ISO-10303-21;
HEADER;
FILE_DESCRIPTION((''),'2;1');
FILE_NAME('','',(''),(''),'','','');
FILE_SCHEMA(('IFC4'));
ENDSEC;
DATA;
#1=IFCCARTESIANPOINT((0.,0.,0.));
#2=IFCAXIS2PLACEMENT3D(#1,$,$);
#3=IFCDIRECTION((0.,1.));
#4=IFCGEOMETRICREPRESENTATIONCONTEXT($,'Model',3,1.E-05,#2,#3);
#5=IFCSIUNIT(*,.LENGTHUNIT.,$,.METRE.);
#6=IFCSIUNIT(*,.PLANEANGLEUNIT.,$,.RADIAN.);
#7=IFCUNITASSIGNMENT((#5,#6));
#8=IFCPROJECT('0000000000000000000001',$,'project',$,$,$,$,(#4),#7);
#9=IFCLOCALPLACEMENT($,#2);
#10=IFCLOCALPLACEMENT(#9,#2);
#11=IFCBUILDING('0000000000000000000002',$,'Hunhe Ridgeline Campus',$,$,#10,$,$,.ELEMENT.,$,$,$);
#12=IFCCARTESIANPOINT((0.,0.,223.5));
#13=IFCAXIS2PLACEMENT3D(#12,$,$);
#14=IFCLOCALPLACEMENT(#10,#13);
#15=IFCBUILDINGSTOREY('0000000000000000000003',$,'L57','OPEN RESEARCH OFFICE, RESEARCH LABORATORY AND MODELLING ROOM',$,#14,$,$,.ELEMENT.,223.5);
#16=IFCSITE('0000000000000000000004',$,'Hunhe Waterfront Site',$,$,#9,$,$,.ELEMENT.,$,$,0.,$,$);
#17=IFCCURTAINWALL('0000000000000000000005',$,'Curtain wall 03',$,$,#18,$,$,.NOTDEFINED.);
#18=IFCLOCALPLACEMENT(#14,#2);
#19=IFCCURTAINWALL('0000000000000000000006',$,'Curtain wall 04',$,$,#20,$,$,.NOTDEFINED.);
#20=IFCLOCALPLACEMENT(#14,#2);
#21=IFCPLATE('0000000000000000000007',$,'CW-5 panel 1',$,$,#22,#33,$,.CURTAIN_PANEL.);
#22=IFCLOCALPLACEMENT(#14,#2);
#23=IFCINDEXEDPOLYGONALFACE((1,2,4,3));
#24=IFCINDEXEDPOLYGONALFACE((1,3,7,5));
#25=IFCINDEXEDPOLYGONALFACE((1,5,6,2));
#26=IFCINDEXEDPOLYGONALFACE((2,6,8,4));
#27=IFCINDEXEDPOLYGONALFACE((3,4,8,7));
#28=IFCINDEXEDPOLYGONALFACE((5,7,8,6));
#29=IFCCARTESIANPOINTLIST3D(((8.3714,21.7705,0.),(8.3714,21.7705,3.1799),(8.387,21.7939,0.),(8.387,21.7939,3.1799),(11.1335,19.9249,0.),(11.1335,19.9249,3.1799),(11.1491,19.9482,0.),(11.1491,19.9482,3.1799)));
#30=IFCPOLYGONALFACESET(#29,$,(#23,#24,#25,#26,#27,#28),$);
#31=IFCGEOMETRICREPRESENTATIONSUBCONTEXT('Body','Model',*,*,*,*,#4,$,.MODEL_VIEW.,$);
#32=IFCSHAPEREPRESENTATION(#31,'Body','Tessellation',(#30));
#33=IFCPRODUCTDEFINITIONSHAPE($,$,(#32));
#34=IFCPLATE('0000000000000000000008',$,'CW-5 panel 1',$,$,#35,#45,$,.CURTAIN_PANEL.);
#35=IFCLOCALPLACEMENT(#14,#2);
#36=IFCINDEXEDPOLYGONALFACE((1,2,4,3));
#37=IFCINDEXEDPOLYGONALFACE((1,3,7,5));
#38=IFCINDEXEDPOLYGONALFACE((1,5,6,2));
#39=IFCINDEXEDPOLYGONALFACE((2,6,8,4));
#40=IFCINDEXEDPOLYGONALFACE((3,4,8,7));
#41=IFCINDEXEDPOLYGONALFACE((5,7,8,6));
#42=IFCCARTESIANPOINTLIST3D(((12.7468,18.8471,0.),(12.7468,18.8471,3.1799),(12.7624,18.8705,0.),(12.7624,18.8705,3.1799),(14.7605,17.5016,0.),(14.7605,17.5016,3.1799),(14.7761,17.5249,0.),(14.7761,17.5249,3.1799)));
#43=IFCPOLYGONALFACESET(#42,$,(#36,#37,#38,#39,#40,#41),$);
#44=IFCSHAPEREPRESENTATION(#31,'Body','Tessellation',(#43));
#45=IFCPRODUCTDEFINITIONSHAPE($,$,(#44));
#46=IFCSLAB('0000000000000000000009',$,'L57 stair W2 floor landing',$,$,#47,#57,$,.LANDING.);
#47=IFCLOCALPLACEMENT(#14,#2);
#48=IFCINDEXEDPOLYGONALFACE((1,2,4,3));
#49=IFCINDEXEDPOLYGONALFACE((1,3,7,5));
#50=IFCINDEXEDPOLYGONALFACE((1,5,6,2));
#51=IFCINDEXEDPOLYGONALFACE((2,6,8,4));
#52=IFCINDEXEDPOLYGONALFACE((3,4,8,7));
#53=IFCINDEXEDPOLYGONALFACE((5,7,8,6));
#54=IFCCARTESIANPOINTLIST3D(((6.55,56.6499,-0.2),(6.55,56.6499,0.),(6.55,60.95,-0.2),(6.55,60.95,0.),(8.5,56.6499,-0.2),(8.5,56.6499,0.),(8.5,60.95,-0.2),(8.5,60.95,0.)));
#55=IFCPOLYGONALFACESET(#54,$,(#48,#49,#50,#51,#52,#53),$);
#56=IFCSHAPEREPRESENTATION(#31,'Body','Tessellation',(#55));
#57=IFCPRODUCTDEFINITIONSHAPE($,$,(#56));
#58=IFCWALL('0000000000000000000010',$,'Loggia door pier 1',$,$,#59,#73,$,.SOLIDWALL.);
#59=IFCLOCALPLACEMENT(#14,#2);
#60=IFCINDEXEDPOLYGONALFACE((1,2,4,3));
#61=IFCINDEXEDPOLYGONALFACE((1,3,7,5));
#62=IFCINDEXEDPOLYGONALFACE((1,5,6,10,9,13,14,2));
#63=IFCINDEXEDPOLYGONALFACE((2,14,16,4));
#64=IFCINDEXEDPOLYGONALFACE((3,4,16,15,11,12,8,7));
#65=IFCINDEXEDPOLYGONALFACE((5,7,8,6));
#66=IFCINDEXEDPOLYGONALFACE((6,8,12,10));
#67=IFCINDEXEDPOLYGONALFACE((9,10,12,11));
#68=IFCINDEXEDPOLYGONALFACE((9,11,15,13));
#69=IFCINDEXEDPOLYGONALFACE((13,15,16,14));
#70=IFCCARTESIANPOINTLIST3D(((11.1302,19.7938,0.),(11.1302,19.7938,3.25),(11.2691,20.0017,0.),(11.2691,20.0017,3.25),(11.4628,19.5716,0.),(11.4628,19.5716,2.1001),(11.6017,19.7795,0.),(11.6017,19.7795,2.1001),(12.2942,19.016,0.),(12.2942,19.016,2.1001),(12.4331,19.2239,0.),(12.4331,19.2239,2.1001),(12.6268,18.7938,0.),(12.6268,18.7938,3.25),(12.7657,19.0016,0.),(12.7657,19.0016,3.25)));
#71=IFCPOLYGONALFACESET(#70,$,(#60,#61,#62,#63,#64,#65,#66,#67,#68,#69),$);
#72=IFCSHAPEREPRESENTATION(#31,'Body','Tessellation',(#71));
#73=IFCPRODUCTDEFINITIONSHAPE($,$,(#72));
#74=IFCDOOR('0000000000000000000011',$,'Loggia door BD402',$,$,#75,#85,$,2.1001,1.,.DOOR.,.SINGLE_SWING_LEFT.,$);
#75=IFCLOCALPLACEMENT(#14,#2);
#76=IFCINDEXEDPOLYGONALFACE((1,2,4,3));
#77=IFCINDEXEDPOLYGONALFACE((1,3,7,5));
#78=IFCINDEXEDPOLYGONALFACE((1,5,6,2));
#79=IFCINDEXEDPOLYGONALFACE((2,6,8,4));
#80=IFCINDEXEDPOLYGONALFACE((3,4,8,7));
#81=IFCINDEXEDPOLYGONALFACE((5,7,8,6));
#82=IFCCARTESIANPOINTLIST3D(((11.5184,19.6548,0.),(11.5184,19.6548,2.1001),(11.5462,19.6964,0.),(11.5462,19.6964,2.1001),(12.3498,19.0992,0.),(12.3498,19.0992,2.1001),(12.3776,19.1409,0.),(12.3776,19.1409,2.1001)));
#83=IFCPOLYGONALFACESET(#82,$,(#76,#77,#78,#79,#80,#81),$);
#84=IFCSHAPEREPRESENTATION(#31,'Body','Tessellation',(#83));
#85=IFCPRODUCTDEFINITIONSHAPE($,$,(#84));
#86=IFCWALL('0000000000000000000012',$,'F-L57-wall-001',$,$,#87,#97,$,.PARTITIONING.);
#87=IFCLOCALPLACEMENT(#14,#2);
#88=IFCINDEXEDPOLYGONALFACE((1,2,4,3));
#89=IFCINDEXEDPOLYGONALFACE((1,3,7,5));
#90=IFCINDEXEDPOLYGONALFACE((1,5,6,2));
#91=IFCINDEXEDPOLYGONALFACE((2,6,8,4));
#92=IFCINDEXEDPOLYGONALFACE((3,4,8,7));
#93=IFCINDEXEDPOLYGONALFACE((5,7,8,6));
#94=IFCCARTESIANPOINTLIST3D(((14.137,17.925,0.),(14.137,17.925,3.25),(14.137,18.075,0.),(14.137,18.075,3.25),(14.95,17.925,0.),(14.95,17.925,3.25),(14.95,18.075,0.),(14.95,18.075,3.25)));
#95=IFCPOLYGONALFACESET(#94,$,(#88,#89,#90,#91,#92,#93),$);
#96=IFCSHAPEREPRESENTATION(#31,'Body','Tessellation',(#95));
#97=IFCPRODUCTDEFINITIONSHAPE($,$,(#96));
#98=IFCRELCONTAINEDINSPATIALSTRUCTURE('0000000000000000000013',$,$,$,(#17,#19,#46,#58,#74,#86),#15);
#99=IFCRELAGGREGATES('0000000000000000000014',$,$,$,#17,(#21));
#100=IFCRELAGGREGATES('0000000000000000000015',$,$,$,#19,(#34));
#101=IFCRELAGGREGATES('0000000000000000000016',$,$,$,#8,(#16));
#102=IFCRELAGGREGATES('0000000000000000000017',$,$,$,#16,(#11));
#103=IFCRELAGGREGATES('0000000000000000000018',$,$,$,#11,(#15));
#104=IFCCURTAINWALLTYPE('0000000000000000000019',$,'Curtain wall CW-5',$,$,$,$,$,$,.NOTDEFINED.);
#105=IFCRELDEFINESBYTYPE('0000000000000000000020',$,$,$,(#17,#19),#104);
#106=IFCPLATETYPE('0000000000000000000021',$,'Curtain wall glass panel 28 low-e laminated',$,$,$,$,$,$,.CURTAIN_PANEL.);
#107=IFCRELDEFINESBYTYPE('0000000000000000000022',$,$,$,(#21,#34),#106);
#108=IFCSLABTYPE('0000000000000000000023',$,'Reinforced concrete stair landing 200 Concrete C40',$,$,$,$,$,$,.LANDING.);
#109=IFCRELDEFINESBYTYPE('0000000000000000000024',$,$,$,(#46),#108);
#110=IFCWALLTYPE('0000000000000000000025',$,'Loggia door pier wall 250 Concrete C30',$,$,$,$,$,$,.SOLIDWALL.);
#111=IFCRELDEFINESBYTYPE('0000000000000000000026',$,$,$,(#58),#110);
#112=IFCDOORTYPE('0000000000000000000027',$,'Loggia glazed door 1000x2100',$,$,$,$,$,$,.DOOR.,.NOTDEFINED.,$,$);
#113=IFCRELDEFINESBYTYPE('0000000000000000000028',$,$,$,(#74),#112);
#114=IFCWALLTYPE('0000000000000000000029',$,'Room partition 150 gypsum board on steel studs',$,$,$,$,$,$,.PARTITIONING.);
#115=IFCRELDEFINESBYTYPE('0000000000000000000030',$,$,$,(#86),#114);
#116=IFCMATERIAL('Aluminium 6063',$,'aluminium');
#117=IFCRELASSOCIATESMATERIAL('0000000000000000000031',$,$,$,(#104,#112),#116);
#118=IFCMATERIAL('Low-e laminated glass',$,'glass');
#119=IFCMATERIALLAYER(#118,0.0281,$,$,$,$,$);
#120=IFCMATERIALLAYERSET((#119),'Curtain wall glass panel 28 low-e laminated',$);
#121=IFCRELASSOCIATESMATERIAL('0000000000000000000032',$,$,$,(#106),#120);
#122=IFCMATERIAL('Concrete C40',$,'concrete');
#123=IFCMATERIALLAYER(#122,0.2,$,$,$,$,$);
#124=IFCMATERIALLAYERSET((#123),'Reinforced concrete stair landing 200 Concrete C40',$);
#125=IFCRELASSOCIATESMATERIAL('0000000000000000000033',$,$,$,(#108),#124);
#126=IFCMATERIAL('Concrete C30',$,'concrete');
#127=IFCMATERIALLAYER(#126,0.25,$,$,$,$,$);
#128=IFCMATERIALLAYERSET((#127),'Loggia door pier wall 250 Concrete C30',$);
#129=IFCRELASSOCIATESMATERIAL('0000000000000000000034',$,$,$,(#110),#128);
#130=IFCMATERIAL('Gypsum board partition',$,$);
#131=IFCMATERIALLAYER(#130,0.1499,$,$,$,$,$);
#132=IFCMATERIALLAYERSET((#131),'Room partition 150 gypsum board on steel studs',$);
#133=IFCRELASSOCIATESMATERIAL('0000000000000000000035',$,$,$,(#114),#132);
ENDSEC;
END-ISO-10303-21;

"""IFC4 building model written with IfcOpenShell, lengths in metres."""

from ifc_helpers import new_model, si_unit, direction, frame, frame_2d, origin, origin_2d, place, context, subcontext, project, spatial, polyline, rectangle, outline, extrude, material, layer, layer_set, type_object, element, fill, aggregate, save


model = new_model("IFC4")

# Units and contexts
model_context = context("Model", 3, precision=1e-05, world=origin(), true_north=direction((0.0, 1.0)))
body_context = subcontext(model_context, "Body", "Model", "MODEL_VIEW")
ifc_project = project(units=[si_unit("LENGTHUNIT", "METRE"), si_unit("PLANEANGLEUNIT", "RADIAN")], contexts=[model_context])

# Site, building, storey
site_placement = place(None, origin())
site = spatial("IfcSite", under=ifc_project, at=site_placement, Name="Hunhe Waterfront Site", CompositionType="ELEMENT", RefElevation=0.0)
building_placement = place(site_placement, origin())
building = spatial("IfcBuilding", under=site, at=building_placement, Name="Hunhe Ridgeline Campus", CompositionType="ELEMENT")
storey_placement = place(building_placement, frame((0.0, 0.0, 223.5)))
storey = spatial("IfcBuildingStorey", under=building, at=storey_placement, Name="L57", Description="OPEN RESEARCH OFFICE, RESEARCH LABORATORY AND MODELLING ROOM", CompositionType="ELEMENT", Elevation=223.5)

# Shared definitions
ifc_material_1 = material(Name="Aluminium 6063", Category="aluminium")
curtain_wall_type = type_object("IfcCurtainWallType", Name="Curtain wall CW-5", PredefinedType="NOTDEFINED", material=ifc_material_1)

# Curtain walls
curtain_wall_1_placement = place(storey_placement, origin())
curtain_wall_1 = element("IfcCurtainWall", 1, at=curtain_wall_1_placement, inside=storey, type_object=curtain_wall_type, Name="Curtain wall 03", PredefinedType="NOTDEFINED")
curtain_wall_2_placement = place(storey_placement, origin())
curtain_wall_2 = element("IfcCurtainWall", 2, at=curtain_wall_2_placement, inside=storey, type_object=curtain_wall_type, Name="Curtain wall 04", PredefinedType="NOTDEFINED")

# Plates
ifc_material_2 = material(Name="Low-e laminated glass", Category="glass")
ifc_layer_1 = layer(ifc_material_2, 0.0281)
ifc_layer_set_1 = layer_set([ifc_layer_1], Name="Curtain wall glass panel 28 low-e laminated")
plate_type = type_object("IfcPlateType", Name="Curtain wall glass panel 28 low-e laminated", PredefinedType="CURTAIN_PANEL", material=ifc_layer_set_1)
plate_1_placement = place(storey_placement, frame((9.7603, 20.8594, 0.0), z_axis=(0.0, 0.0, 1.0), x_axis=(0.83147, -0.55557, 0.0)))
plate_1 = element("IfcPlate", 3, at=plate_1_placement, type_object=plate_type, Name="CW-5 panel 1", PredefinedType="CURTAIN_PANEL", context=body_context, shape_type="SweptSolid", body=[
    extrude(rectangle(XDim=3.322, YDim=0.0281, at=origin_2d()), origin(), (0.0, 0.0, 1.0), 3.1799),
])
aggregate(curtain_wall_1, [plate_1])
plate_2_placement = place(storey_placement, frame((13.7615, 18.186, 0.0), z_axis=(0.0, 0.0, 1.0), x_axis=(0.83147, -0.55557, 0.0)))
plate_2 = element("IfcPlate", 4, at=plate_2_placement, type_object=plate_type, Name="CW-5 panel 1", PredefinedType="CURTAIN_PANEL", context=body_context, shape_type="SweptSolid", body=[
    extrude(rectangle(XDim=2.4219, YDim=0.0281, at=origin_2d()), origin(), (0.0, 0.0, 1.0), 3.1799),
])
aggregate(curtain_wall_2, [plate_2])

# Slab
ifc_material_3 = material(Name="Concrete C40", Category="concrete")
ifc_layer_2 = layer(ifc_material_3, 0.2)
ifc_layer_set_2 = layer_set([ifc_layer_2], Name="Reinforced concrete stair landing 200 Concrete C40")
slab_type = type_object("IfcSlabType", Name="Reinforced concrete stair landing 200 Concrete C40", PredefinedType="LANDING", material=ifc_layer_set_2)
slab_placement = place(storey_placement, frame((0.0, 0.0, -0.2)))
element("IfcSlab", 5, at=slab_placement, inside=storey, type_object=slab_type, Name="L57 stair W2 floor landing", PredefinedType="LANDING", context=body_context, shape_type="SweptSolid", body=[
    extrude(outline(polyline([(8.5, 60.95), (6.55, 60.95), (6.55, 56.6499), (8.5, 56.6499), (8.5, 60.95)])), origin(), (0.0, 0.0, 1.0), 0.2),
])

# Shared definitions
ifc_material_4 = material(Name="Gypsum board partition")

# Wall, opening, door
ifc_material_5 = material(Name="Concrete C30", Category="concrete")
ifc_layer_3 = layer(ifc_material_5, 0.25)
ifc_layer_set_3 = layer_set([ifc_layer_3], Name="Loggia door pier wall 250 Concrete C30")
wall_type_1 = type_object("IfcWallType", Name="Loggia door pier wall 250 Concrete C30", PredefinedType="SOLIDWALL", material=ifc_layer_set_3)
wall_1_placement = place(storey_placement, frame((11.1997, 19.8977, 0.0), z_axis=(0.0, 0.0, 1.0), x_axis=(0.831466, -0.555576, 0.0)))
wall_1 = element("IfcWall", 6, at=wall_1_placement, inside=storey, type_object=wall_type_1, Name="Loggia door pier 1", PredefinedType="SOLIDWALL", context=body_context, shape_type="SweptSolid", body=[
    extrude(rectangle(XDim=1.8, YDim=0.25, at=frame_2d((0.8999, 0.0))), origin(), (0.0, 0.0, 1.0), 3.25),
])
opening_1_placement = place(wall_1_placement, frame((0.3999, 0.0, 0.0)))
opening_1 = element("IfcOpeningElement", 7, at=opening_1_placement, cuts=wall_1, PredefinedType="OPENING", context=body_context, shape_type="SweptSolid", body=[
    extrude(rectangle(XDim=1.0, YDim=2.1001, at=frame_2d((0.5, 1.05))), frame((0.0, 0.125, 0.0), z_axis=(0.0, -1.0, 0.0), x_axis=(1.0, 0.0, 0.0)), (0.0, 0.0, 1.0), 0.25),
])
door_type_1 = type_object("IfcDoorType", Name="Loggia glazed door 1000x2100", OperationType="NOTDEFINED", PredefinedType="DOOR", material=ifc_material_1)
door_1_placement = place(opening_1_placement, frame((1.0, 0.0, 0.0), z_axis=(0.0, 0.0, 1.0), x_axis=(-1.0, 0.0, 0.0)))
door_1 = element("IfcDoor", 8, at=door_1_placement, inside=storey, type_object=door_type_1, Name="Loggia door BD402", OperationType="SINGLE_SWING_LEFT", OverallHeight=2.1001, OverallWidth=1.0, PredefinedType="DOOR", context=body_context, shape_type="SweptSolid", body=[
    extrude(rectangle(XDim=1.0, YDim=2.1001, at=frame_2d((0.5, 1.05))), frame((0.0, 0.0249, 0.0), z_axis=(0.0, -1.0, 0.0), x_axis=(1.0, 0.0, 0.0)), (0.0, 0.0, 1.0), 0.05),
])
fill(opening_1, door_1)

# Wall
ifc_layer_4 = layer(ifc_material_4, 0.1499)
ifc_layer_set_4 = layer_set([ifc_layer_4], Name="Room partition 150 gypsum board on steel studs")
wall_type_2 = type_object("IfcWallType", Name="Room partition 150 gypsum board on steel studs", PredefinedType="PARTITIONING", material=ifc_layer_set_4)
wall_2_placement = place(storey_placement, frame((14.137, 18.0, 0.0), z_axis=(0.0, 0.0, 1.0), x_axis=(1.0, 0.0, 0.0)))
element("IfcWall", 9, at=wall_2_placement, inside=storey, type_object=wall_type_2, Name="F-L57-wall-001", PredefinedType="PARTITIONING", context=body_context, shape_type="SweptSolid", body=[
    extrude(rectangle(XDim=0.813, YDim=0.1499, at=frame_2d((0.4065, 0.0))), origin(), (0.0, 0.0, 1.0), 3.25),
])

save(model, "model.ifc")
